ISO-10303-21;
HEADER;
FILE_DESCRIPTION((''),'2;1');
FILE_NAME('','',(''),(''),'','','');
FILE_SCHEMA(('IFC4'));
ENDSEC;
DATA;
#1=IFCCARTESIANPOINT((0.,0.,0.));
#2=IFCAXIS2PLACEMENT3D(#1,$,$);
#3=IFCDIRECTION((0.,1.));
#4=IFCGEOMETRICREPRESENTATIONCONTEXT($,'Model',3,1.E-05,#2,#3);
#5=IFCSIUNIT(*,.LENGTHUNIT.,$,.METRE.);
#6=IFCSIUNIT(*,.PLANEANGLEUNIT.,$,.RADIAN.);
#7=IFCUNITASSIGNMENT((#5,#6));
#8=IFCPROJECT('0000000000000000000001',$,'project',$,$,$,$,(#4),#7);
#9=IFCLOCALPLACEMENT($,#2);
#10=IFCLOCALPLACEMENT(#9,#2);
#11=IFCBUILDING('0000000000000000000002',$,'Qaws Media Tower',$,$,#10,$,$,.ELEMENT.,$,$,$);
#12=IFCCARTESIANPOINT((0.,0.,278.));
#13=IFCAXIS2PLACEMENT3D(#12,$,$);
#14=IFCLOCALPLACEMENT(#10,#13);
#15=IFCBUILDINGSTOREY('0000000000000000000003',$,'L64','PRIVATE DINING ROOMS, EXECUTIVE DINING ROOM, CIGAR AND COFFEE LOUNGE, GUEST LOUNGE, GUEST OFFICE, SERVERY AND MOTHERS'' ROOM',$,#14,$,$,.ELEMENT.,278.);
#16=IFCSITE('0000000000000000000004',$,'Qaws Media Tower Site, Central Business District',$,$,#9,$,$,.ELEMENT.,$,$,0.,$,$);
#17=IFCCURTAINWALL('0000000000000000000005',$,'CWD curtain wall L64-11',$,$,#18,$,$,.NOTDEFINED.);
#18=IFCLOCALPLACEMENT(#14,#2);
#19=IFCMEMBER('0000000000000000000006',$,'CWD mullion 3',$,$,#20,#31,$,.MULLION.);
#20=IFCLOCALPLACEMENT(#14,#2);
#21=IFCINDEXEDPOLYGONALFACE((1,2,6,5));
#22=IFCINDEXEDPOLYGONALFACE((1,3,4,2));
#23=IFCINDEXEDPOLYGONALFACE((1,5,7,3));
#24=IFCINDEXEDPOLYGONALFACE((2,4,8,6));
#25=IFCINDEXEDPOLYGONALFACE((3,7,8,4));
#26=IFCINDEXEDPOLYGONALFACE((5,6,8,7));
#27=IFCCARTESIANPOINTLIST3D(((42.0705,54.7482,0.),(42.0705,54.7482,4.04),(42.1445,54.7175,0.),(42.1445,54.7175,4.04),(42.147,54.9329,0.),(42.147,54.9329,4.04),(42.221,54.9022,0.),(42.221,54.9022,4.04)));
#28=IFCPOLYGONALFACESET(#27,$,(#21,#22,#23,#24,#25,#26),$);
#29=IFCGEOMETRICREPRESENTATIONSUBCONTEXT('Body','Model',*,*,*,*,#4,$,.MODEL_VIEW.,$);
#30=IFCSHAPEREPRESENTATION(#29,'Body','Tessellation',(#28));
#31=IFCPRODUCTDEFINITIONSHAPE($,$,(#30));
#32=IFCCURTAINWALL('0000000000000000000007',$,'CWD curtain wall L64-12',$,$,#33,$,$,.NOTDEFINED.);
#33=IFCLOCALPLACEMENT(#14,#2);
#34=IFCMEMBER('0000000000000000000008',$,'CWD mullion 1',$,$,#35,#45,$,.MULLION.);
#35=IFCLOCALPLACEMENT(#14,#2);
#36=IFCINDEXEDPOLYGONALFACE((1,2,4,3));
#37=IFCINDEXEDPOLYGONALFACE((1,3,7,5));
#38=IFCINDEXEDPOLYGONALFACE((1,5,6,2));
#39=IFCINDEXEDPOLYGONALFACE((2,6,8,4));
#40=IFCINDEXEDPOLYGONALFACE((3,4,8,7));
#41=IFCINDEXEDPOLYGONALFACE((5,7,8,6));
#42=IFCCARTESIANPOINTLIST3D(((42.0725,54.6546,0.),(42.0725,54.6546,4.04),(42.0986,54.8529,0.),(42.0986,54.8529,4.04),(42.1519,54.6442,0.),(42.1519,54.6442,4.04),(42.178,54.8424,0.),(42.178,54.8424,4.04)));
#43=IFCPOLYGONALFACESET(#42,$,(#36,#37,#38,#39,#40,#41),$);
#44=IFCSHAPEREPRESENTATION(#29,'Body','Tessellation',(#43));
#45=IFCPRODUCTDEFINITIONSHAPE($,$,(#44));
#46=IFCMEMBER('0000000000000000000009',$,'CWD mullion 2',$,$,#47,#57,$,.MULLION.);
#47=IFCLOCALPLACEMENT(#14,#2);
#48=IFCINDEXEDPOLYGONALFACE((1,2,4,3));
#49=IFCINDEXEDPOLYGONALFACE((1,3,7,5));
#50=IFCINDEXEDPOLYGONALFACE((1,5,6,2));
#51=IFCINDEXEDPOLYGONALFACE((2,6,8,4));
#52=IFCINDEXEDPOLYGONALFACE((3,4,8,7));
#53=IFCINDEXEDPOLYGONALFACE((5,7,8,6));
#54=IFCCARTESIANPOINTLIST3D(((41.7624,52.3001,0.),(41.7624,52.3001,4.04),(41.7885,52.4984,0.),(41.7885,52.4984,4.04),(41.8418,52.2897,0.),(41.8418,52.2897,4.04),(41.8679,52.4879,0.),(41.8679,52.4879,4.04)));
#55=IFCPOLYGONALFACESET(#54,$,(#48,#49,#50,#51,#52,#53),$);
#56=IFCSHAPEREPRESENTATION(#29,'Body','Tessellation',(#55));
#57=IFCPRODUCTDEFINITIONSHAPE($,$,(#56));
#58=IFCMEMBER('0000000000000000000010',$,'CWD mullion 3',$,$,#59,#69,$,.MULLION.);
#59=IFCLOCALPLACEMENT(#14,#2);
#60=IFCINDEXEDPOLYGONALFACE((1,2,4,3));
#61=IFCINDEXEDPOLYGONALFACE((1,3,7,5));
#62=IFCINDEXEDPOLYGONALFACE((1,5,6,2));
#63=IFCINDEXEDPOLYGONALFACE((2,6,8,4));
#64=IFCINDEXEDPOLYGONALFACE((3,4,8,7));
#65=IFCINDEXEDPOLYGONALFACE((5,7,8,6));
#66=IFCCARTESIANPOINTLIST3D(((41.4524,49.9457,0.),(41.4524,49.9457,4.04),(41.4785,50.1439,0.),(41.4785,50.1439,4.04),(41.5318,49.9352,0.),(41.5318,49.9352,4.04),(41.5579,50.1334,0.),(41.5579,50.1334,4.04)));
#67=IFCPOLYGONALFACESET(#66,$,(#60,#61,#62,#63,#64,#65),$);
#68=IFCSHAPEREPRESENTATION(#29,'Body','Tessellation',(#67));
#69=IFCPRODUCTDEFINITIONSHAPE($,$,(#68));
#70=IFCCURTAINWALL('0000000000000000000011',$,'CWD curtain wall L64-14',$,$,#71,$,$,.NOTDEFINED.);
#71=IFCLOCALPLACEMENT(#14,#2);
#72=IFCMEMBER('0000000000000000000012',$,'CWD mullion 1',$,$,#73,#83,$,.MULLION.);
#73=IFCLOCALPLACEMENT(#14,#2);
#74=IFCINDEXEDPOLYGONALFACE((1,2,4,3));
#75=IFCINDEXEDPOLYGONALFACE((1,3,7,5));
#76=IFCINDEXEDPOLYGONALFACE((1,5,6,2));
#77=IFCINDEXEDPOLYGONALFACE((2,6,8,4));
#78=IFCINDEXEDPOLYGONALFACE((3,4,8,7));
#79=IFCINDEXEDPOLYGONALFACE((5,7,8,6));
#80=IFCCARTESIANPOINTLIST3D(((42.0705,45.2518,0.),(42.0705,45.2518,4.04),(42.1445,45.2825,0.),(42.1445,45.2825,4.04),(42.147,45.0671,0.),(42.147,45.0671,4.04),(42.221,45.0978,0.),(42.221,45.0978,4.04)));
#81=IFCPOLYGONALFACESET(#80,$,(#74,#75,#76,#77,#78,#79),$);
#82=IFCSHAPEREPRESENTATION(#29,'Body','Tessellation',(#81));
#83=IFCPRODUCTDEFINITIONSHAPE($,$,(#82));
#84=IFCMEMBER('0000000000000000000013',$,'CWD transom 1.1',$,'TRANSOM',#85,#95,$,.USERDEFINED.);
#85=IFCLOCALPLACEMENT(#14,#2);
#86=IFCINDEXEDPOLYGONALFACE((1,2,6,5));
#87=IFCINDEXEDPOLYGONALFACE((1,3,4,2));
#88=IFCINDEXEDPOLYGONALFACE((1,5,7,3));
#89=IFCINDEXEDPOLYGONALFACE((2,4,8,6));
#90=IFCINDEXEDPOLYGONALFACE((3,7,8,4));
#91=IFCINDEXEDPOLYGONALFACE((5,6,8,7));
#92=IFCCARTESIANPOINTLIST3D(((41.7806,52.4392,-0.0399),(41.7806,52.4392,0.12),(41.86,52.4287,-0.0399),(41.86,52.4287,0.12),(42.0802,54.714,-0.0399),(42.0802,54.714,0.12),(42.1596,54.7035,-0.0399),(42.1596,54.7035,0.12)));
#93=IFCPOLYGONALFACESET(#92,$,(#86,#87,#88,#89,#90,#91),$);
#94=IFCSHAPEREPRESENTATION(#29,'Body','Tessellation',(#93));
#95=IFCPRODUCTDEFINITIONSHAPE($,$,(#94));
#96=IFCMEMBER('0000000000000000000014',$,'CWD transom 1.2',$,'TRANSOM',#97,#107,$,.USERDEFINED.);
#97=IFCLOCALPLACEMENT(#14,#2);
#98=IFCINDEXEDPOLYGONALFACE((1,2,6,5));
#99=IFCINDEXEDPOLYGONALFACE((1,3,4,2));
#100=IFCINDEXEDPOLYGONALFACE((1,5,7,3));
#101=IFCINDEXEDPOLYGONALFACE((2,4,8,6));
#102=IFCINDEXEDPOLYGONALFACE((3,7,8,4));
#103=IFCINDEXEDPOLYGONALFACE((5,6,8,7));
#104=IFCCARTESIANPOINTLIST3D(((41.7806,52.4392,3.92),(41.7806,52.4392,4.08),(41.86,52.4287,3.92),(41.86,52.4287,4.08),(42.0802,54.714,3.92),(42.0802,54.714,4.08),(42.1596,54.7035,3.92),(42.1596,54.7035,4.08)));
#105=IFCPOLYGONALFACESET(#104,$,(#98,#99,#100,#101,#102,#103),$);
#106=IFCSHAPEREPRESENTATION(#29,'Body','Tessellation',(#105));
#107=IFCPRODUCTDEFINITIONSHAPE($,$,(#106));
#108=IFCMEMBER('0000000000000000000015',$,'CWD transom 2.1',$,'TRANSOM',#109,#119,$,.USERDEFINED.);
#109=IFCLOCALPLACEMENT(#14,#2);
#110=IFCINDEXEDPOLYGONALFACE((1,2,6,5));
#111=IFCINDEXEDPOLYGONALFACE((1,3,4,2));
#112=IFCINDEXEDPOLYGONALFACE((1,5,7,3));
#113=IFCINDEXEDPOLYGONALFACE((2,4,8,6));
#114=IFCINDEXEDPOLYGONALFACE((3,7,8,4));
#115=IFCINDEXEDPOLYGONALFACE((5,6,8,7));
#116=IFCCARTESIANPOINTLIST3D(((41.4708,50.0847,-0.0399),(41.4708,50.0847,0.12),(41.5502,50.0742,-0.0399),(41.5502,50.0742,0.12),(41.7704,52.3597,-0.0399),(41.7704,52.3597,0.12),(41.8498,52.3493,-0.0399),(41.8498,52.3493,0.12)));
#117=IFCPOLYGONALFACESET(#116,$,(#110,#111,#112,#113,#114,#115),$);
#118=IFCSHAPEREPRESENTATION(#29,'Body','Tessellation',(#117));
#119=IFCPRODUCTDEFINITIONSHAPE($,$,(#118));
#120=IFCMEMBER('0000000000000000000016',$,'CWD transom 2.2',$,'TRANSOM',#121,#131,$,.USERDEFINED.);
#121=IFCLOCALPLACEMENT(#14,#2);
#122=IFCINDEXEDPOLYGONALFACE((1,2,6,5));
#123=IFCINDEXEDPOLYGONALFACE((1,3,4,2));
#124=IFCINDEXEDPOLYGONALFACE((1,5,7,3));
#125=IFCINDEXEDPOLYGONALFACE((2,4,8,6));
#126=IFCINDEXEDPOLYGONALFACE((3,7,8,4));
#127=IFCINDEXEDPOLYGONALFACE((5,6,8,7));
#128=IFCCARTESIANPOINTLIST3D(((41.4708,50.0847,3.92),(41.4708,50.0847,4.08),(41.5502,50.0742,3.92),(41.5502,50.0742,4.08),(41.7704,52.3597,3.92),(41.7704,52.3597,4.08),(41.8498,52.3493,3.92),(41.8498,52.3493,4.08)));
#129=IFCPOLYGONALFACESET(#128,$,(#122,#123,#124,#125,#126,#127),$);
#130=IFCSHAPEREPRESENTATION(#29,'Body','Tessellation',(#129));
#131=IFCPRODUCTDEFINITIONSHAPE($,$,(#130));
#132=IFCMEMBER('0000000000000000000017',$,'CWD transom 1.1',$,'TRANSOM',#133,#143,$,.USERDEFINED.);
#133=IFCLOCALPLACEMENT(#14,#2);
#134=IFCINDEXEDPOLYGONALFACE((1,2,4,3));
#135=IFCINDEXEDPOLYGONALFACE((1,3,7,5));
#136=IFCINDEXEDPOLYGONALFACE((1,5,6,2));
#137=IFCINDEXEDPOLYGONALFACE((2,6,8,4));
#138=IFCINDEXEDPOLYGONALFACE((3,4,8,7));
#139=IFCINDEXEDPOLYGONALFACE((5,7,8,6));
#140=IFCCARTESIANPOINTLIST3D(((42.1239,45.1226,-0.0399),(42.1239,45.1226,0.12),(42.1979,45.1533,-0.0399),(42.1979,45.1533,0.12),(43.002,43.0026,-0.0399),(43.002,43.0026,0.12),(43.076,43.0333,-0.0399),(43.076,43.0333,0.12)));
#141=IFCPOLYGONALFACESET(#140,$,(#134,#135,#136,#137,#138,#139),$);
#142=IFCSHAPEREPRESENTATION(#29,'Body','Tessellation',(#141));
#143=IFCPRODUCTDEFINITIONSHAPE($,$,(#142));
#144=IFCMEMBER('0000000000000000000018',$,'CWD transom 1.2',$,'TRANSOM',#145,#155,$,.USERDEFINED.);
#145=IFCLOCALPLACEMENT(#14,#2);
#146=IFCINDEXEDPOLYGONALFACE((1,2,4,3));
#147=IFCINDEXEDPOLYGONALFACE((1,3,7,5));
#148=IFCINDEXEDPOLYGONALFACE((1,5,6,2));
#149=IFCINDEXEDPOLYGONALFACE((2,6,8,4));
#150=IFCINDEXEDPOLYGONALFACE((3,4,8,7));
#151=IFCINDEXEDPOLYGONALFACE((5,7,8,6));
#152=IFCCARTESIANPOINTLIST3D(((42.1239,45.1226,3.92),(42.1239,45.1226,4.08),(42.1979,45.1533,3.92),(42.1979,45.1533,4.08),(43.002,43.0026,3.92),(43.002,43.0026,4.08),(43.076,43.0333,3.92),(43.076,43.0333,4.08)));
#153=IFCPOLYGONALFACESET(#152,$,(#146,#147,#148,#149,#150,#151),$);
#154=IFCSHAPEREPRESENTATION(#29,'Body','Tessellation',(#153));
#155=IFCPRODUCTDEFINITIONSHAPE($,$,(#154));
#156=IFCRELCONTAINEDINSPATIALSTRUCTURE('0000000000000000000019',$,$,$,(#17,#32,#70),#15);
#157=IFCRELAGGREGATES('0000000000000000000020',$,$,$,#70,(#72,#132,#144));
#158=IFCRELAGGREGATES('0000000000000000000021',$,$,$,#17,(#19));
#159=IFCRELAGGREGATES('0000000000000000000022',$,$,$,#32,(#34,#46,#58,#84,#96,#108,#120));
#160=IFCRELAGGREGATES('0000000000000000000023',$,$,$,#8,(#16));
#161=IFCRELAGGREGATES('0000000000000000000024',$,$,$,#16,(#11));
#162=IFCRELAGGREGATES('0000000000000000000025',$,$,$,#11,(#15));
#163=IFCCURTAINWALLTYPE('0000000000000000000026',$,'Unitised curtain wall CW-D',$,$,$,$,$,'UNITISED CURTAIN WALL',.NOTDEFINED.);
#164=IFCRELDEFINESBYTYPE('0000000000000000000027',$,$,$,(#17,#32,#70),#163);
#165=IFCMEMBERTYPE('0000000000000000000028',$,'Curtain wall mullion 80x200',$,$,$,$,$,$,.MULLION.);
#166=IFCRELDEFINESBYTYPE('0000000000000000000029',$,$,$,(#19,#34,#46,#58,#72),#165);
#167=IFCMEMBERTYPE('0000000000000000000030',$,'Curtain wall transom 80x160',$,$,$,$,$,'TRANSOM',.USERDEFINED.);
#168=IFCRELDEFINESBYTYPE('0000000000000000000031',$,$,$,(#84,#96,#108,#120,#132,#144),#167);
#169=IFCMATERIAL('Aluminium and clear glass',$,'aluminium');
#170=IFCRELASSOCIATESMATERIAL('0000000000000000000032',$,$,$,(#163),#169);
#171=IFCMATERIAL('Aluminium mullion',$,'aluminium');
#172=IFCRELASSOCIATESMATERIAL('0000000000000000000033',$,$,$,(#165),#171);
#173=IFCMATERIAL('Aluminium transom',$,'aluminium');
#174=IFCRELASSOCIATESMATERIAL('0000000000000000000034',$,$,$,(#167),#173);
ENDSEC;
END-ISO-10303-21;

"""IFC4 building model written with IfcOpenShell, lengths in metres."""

from ifc_helpers import new_model, si_unit, direction, frame, origin, origin_2d, place, context, subcontext, project, spatial, rectangle, extrude, material, material_profile, profile_set, type_object, element, aggregate, save


model = new_model("IFC4")

# Units and contexts
model_context = context("Model", 3, precision=1e-05, world=origin(), true_north=direction((0.0, 1.0)))
body_context = subcontext(model_context, "Body", "Model", "MODEL_VIEW")
ifc_project = project(units=[si_unit("LENGTHUNIT", "METRE"), si_unit("PLANEANGLEUNIT", "RADIAN")], contexts=[model_context])

# Site, building, storey
site_placement = place(None, origin())
site = spatial("IfcSite", under=ifc_project, at=site_placement, Name="Qaws Media Tower Site, Central Business District", CompositionType="ELEMENT", RefElevation=0.0)
building_placement = place(site_placement, origin())
building = spatial("IfcBuilding", under=site, at=building_placement, Name="Qaws Media Tower", CompositionType="ELEMENT")
storey_placement = place(building_placement, frame((0.0, 0.0, 278.0)))
storey = spatial("IfcBuildingStorey", under=building, at=storey_placement, Name="L64", Description="PRIVATE DINING ROOMS, EXECUTIVE DINING ROOM, CIGAR AND COFFEE LOUNGE, GUEST LOUNGE, GUEST OFFICE, SERVERY AND MOTHERS' ROOM", CompositionType="ELEMENT", Elevation=278.0)

# Curtain wall, member
ifc_material_1 = material(Name="Aluminium and clear glass", Category="aluminium")
curtain_wall_type = type_object("IfcCurtainWallType", Name="Unitised curtain wall CW-D", ElementType="UNITISED CURTAIN WALL", PredefinedType="NOTDEFINED", material=ifc_material_1)
curtain_wall_1_placement = place(storey_placement, origin())
curtain_wall_1 = element("IfcCurtainWall", 1, at=curtain_wall_1_placement, inside=storey, type_object=curtain_wall_type, Name="CWD curtain wall L64-11", PredefinedType="NOTDEFINED")
ifc_material_2 = material(Name="Aluminium mullion", Category="aluminium")
ifc_material_profile_1 = material_profile(ifc_material_2, rectangle(XDim=0.0801, YDim=0.2, at=origin_2d()), Name="80x200")
ifc_profile_set_1 = profile_set([ifc_material_profile_1], Name="Aluminium mullion")
member_type_1 = type_object("IfcMemberType", Name="Curtain wall mullion 80x200", PredefinedType="MULLION", material=ifc_profile_set_1)
member_1_placement = place(storey_placement, frame((42.1458, 54.8252, 0.0), z_axis=(0.0, 0.0, 1.0), x_axis=(0.92388, -0.382683, 0.0)))
member_1 = element("IfcMember", 2, at=member_1_placement, type_object=member_type_1, Name="CWD mullion 3", PredefinedType="MULLION", context=body_context, shape_type="SweptSolid", body=[
    extrude(rectangle(XDim=0.0801, YDim=0.2, at=origin_2d()), origin(), (0.0, 0.0, 1.0), 4.04),
])

# Curtain wall, members
curtain_wall_2_placement = place(storey_placement, origin())
curtain_wall_2 = element("IfcCurtainWall", 3, at=curtain_wall_2_placement, inside=storey, type_object=curtain_wall_type, Name="CWD curtain wall L64-12", PredefinedType="NOTDEFINED")
member_2_placement = place(storey_placement, frame((42.1252, 54.7485, 0.0), z_axis=(0.0, 0.0, 1.0), x_axis=(0.991445, -0.130526, 0.0)))
member_2 = element("IfcMember", 4, at=member_2_placement, type_object=member_type_1, Name="CWD mullion 1", PredefinedType="MULLION", context=body_context, shape_type="SweptSolid", body=[
    extrude(rectangle(XDim=0.0801, YDim=0.2, at=origin_2d()), origin(), (0.0, 0.0, 1.0), 4.04),
])
member_3_placement = place(storey_placement, frame((41.8152, 52.394, 0.0), z_axis=(0.0, 0.0, 1.0), x_axis=(0.991445, -0.130526, 0.0)))
member_3 = element("IfcMember", 5, at=member_3_placement, type_object=member_type_1, Name="CWD mullion 2", PredefinedType="MULLION", context=body_context, shape_type="SweptSolid", body=[
    extrude(rectangle(XDim=0.0801, YDim=0.2, at=origin_2d()), origin(), (0.0, 0.0, 1.0), 4.04),
])
member_4_placement = place(storey_placement, frame((41.5051, 50.0396, 0.0), z_axis=(0.0, 0.0, 1.0), x_axis=(0.991445, -0.130526, 0.0)))
member_4 = element("IfcMember", 6, at=member_4_placement, type_object=member_type_1, Name="CWD mullion 3", PredefinedType="MULLION", context=body_context, shape_type="SweptSolid", body=[
    extrude(rectangle(XDim=0.0801, YDim=0.2, at=origin_2d()), origin(), (0.0, 0.0, 1.0), 4.04),
])

# Curtain wall, member
curtain_wall_3_placement = place(storey_placement, origin())
curtain_wall_3 = element("IfcCurtainWall", 7, at=curtain_wall_3_placement, inside=storey, type_object=curtain_wall_type, Name="CWD curtain wall L64-14", PredefinedType="NOTDEFINED")
member_5_placement = place(storey_placement, frame((42.1458, 45.1748, 0.0), z_axis=(0.0, 0.0, 1.0), x_axis=(0.92388, 0.382683, 0.0)))
member_5 = element("IfcMember", 8, at=member_5_placement, type_object=member_type_1, Name="CWD mullion 1", PredefinedType="MULLION", context=body_context, shape_type="SweptSolid", body=[
    extrude(rectangle(XDim=0.0801, YDim=0.2, at=origin_2d()), origin(), (0.0, 0.0, 1.0), 4.04),
])

# Members
ifc_material_3 = material(Name="Aluminium transom", Category="aluminium")
ifc_material_profile_2 = material_profile(ifc_material_3, rectangle(XDim=0.0801, YDim=0.1599, at=origin_2d()), Name="80x160")
ifc_profile_set_2 = profile_set([ifc_material_profile_2], Name="Aluminium transom")
member_type_2 = type_object("IfcMemberType", Name="Curtain wall transom 80x160", ElementType="TRANSOM", PredefinedType="USERDEFINED", material=ifc_profile_set_2)
member_6_placement = place(storey_placement, frame((42.1199, 54.7087, 0.04), z_axis=(-0.130554, -0.991441, 0.0), x_axis=(0.991441, -0.130554, 0.0)))
member_6 = element("IfcMember", 9, at=member_6_placement, type_object=member_type_2, Name="CWD transom 1.1", ObjectType="TRANSOM", PredefinedType="USERDEFINED", context=body_context, shape_type="SweptSolid", body=[
    extrude(rectangle(XDim=0.0801, YDim=0.1599, at=origin_2d()), origin(), (0.0, 0.0, 1.0), 2.2944),
])
member_7_placement = place(storey_placement, frame((42.1199, 54.7087, 4.0), z_axis=(-0.130554, -0.991441, 0.0), x_axis=(0.991441, -0.130554, 0.0)))
member_7 = element("IfcMember", 10, at=member_7_placement, type_object=member_type_2, Name="CWD transom 1.2", ObjectType="TRANSOM", PredefinedType="USERDEFINED", context=body_context, shape_type="SweptSolid", body=[
    extrude(rectangle(XDim=0.0801, YDim=0.1599, at=origin_2d()), origin(), (0.0, 0.0, 1.0), 2.2944),
])
member_8_placement = place(storey_placement, frame((41.8101, 52.3545, 0.04), z_axis=(-0.13054, -0.991443, 0.0), x_axis=(0.991443, -0.13054, 0.0)))
member_8 = element("IfcMember", 11, at=member_8_placement, type_object=member_type_2, Name="CWD transom 2.1", ObjectType="TRANSOM", PredefinedType="USERDEFINED", context=body_context, shape_type="SweptSolid", body=[
    extrude(rectangle(XDim=0.0801, YDim=0.1599, at=origin_2d()), origin(), (0.0, 0.0, 1.0), 2.2947),
])
member_9_placement = place(storey_placement, frame((41.8101, 52.3545, 4.0), z_axis=(-0.13054, -0.991443, 0.0), x_axis=(0.991443, -0.13054, 0.0)))
member_9 = element("IfcMember", 12, at=member_9_placement, type_object=member_type_2, Name="CWD transom 2.2", ObjectType="TRANSOM", PredefinedType="USERDEFINED", context=body_context, shape_type="SweptSolid", body=[
    extrude(rectangle(XDim=0.0801, YDim=0.1599, at=origin_2d()), origin(), (0.0, 0.0, 1.0), 2.2947),
])
member_10_placement = place(storey_placement, frame((42.1609, 45.1379, 0.04), z_axis=(0.382681, -0.923881, 0.0), x_axis=(0.923881, 0.382681, 0.0)))
member_10 = element("IfcMember", 13, at=member_10_placement, type_object=member_type_2, Name="CWD transom 1.1", ObjectType="TRANSOM", PredefinedType="USERDEFINED", context=body_context, shape_type="SweptSolid", body=[
    extrude(rectangle(XDim=0.0801, YDim=0.1599, at=origin_2d()), origin(), (0.0, 0.0, 1.0), 2.2947),
])
member_11_placement = place(storey_placement, frame((42.1609, 45.1379, 4.0), z_axis=(0.382681, -0.923881, 0.0), x_axis=(0.923881, 0.382681, 0.0)))
member_11 = element("IfcMember", 14, at=member_11_placement, type_object=member_type_2, Name="CWD transom 1.2", ObjectType="TRANSOM", PredefinedType="USERDEFINED", context=body_context, shape_type="SweptSolid", body=[
    extrude(rectangle(XDim=0.0801, YDim=0.1599, at=origin_2d()), origin(), (0.0, 0.0, 1.0), 2.2947),
])
aggregate(curtain_wall_3, [member_5, member_10, member_11])

aggregate(curtain_wall_1, [member_1])
aggregate(curtain_wall_2, [member_2, member_3, member_4, member_6, member_7, member_8, member_9])

save(model, "model.ifc")
